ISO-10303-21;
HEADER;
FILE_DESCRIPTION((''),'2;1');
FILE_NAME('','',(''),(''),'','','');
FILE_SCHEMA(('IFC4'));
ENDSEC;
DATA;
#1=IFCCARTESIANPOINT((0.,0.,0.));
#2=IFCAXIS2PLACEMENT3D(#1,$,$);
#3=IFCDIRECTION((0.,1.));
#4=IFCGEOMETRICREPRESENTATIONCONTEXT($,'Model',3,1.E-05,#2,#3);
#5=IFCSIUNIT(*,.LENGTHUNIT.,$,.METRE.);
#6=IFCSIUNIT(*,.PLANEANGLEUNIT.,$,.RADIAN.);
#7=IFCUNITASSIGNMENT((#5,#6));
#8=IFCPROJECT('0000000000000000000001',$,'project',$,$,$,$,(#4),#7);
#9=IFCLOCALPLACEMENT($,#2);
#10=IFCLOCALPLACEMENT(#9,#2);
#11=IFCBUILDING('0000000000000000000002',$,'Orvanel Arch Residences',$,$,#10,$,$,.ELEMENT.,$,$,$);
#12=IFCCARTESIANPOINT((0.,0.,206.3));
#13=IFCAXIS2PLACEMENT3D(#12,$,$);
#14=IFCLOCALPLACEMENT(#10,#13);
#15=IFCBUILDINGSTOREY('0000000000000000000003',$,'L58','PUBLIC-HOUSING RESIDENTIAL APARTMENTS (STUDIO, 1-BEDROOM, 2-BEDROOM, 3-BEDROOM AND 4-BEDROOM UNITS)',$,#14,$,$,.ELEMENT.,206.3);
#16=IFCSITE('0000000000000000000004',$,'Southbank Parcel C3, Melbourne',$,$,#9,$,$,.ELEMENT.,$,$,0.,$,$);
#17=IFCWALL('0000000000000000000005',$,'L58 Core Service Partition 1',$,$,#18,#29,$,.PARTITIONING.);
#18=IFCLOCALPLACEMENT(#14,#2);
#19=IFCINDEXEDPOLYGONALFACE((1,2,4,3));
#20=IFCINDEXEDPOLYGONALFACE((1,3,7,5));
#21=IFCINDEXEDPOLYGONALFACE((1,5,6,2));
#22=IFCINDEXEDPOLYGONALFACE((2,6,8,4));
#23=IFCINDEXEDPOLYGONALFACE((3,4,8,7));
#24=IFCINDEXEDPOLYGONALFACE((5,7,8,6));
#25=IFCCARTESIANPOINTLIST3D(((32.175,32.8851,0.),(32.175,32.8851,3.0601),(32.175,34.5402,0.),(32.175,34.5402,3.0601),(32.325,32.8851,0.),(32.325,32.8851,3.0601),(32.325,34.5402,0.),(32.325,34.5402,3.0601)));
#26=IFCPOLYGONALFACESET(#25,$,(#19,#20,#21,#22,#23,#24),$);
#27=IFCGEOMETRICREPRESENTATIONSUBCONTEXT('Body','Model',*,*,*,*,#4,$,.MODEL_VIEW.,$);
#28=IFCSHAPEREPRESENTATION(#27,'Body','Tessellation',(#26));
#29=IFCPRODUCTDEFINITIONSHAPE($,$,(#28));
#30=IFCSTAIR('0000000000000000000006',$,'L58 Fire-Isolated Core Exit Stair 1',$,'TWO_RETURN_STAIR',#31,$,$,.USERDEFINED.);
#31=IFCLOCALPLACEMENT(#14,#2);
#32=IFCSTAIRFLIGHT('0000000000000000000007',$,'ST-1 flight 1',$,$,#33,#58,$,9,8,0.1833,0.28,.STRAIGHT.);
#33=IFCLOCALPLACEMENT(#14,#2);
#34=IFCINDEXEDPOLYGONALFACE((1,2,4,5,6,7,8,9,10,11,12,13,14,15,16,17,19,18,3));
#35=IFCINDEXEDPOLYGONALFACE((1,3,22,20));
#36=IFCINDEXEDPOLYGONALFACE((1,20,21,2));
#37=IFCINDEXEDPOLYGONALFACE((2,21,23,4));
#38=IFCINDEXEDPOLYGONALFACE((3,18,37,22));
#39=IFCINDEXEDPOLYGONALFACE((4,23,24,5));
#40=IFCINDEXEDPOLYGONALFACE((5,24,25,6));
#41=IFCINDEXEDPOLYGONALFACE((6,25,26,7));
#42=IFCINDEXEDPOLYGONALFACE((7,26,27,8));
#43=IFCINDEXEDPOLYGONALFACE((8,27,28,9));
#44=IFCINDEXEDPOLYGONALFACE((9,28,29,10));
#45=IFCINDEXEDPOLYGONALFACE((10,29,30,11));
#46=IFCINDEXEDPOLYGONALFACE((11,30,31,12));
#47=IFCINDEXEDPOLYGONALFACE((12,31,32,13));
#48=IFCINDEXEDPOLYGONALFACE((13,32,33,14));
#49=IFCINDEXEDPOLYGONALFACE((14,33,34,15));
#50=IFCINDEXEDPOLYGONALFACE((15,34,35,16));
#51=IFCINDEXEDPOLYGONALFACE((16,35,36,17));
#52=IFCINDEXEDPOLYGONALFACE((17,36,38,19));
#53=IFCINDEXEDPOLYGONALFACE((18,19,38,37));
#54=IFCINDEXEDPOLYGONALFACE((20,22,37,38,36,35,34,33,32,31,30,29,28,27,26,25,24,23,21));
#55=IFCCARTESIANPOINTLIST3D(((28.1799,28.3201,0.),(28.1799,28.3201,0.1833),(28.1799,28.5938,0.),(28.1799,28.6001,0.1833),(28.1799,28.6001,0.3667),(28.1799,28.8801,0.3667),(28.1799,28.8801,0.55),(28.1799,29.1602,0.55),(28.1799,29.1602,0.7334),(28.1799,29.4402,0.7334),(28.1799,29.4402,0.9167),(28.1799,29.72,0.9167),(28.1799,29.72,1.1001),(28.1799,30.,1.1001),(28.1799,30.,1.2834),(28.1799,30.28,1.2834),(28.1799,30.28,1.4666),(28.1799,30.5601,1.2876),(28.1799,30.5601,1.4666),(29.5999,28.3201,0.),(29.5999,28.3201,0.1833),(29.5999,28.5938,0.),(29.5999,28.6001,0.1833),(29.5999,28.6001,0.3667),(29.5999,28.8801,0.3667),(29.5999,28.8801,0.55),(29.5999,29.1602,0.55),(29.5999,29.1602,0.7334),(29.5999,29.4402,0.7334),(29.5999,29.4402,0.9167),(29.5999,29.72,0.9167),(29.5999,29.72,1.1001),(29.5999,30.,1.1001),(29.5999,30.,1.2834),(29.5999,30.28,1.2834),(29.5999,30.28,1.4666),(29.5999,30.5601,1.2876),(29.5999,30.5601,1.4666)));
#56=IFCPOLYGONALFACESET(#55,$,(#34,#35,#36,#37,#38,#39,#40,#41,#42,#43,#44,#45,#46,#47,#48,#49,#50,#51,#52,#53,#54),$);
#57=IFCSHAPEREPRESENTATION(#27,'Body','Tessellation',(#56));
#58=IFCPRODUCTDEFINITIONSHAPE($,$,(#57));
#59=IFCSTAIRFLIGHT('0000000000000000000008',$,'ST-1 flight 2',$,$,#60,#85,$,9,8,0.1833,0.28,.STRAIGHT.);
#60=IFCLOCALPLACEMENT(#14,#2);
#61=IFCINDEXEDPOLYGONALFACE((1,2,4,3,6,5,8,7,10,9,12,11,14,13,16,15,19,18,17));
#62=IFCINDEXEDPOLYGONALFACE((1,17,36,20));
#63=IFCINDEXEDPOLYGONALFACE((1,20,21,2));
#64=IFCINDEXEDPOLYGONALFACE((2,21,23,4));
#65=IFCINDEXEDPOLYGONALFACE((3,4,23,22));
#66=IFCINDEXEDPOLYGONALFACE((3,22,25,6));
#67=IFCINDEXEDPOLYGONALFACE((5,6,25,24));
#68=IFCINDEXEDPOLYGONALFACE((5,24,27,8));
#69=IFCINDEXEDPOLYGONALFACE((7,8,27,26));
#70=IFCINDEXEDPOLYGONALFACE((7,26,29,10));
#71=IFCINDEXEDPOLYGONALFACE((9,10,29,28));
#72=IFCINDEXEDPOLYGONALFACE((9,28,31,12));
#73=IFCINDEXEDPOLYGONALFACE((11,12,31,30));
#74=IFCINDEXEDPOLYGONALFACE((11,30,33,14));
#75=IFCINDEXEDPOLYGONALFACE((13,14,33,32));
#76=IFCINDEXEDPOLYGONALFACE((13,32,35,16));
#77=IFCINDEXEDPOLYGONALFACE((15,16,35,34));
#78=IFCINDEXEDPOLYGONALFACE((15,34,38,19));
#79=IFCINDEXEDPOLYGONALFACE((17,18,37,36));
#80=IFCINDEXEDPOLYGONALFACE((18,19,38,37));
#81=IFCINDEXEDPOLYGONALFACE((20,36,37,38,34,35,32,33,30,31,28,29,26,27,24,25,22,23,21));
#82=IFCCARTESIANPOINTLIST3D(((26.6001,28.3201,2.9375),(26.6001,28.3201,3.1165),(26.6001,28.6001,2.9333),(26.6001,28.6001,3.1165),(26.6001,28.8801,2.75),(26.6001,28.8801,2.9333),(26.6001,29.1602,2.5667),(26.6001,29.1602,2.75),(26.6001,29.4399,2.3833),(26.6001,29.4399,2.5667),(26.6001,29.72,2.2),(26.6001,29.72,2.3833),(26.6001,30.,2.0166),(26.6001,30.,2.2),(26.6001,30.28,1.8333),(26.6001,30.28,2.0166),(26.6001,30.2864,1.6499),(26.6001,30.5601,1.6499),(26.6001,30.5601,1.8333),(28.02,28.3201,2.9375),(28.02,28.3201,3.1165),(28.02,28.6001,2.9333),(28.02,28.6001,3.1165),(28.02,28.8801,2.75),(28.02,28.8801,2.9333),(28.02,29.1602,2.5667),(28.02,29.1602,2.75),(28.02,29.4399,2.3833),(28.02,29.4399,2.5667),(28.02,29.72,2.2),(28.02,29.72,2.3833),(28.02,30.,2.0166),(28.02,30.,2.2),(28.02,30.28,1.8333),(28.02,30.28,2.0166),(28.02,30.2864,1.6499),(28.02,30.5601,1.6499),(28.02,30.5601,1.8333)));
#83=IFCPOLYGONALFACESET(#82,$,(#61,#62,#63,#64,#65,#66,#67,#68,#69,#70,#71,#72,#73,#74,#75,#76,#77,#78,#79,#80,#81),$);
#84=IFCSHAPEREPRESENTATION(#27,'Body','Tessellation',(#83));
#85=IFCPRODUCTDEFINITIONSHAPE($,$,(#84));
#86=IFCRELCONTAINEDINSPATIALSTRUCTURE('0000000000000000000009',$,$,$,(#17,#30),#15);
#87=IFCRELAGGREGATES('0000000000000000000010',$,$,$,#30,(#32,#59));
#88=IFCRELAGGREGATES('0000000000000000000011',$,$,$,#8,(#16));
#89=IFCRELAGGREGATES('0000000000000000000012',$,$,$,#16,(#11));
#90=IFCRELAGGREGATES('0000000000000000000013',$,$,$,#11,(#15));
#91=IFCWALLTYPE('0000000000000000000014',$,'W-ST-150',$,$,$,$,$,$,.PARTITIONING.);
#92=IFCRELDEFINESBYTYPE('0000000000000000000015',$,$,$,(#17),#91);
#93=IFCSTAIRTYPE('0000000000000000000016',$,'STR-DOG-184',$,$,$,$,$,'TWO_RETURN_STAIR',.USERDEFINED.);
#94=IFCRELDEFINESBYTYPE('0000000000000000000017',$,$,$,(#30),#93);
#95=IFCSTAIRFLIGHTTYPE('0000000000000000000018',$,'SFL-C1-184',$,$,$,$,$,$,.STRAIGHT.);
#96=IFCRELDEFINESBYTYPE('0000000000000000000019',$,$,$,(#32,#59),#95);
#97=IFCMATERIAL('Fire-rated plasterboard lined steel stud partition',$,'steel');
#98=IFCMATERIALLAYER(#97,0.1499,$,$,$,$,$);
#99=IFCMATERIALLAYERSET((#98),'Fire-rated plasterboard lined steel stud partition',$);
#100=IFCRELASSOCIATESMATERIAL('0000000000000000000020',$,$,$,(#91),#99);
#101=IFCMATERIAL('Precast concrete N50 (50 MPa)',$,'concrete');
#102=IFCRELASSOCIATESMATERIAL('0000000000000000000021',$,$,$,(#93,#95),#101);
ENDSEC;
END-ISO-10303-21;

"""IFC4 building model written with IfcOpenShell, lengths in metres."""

from ifc_helpers import new_model, si_unit, direction, frame, frame_2d, origin, place, context, subcontext, project, spatial, polyline, rectangle, outline, extrude, material, layer, layer_set, type_object, element, aggregate, save


model = new_model("IFC4")

# Units and contexts
model_context = context("Model", 3, precision=1e-05, world=origin(), true_north=direction((0.0, 1.0)))
body_context = subcontext(model_context, "Body", "Model", "MODEL_VIEW")
ifc_project = project(units=[si_unit("LENGTHUNIT", "METRE"), si_unit("PLANEANGLEUNIT", "RADIAN")], contexts=[model_context])

# Site, building, storey
site_placement = place(None, origin())
site = spatial("IfcSite", under=ifc_project, at=site_placement, Name="Southbank Parcel C3, Melbourne", CompositionType="ELEMENT", RefElevation=0.0)
building_placement = place(site_placement, origin())
building = spatial("IfcBuilding", under=site, at=building_placement, Name="Orvanel Arch Residences", CompositionType="ELEMENT")
storey_placement = place(building_placement, frame((0.0, 0.0, 206.3)))
storey = spatial("IfcBuildingStorey", under=building, at=storey_placement, Name="L58", Description="PUBLIC-HOUSING RESIDENTIAL APARTMENTS (STUDIO, 1-BEDROOM, 2-BEDROOM, 3-BEDROOM AND 4-BEDROOM UNITS)", CompositionType="ELEMENT", Elevation=206.3)

# Shared definitions
ifc_material_1 = material(Name="Fire-rated plasterboard lined steel stud partition", Category="steel")

# Wall
ifc_layer_1 = layer(ifc_material_1, 0.1499)
ifc_layer_set_1 = layer_set([ifc_layer_1], Name="Fire-rated plasterboard lined steel stud partition")
wall_type_1 = type_object("IfcWallType", Name="W-ST-150", PredefinedType="PARTITIONING", material=ifc_layer_set_1)
wall_1_placement = place(storey_placement, frame((32.25, 32.885, 0.0), z_axis=(0.0, 0.0, 1.0), x_axis=(0.0, 1.0, 0.0)))
element("IfcWall", 1, at=wall_1_placement, inside=storey, type_object=wall_type_1, Name="L58 Core Service Partition 1", PredefinedType="PARTITIONING", context=body_context, shape_type="SweptSolid", body=[
    extrude(rectangle(XDim=1.655, YDim=0.1499, at=frame_2d((0.8276, 0.0))), origin(), (0.0, 0.0, 1.0), 3.0601),
])

# Stair, stair flights
ifc_material_2 = material(Name="Precast concrete N50 (50 MPa)", Category="concrete")
stair_type = type_object("IfcStairType", Name="STR-DOG-184", ElementType="TWO_RETURN_STAIR", PredefinedType="USERDEFINED", material=ifc_material_2)
stair_placement = place(storey_placement, origin())
stair = element("IfcStair", 2, at=stair_placement, inside=storey, type_object=stair_type, Name="L58 Fire-Isolated Core Exit Stair 1", ObjectType="TWO_RETURN_STAIR", PredefinedType="USERDEFINED")
stair_flight_type = type_object("IfcStairFlightType", Name="SFL-C1-184", PredefinedType="STRAIGHT", material=ifc_material_2)
stair_flight_1_placement = place(storey_placement, frame((28.8899, 28.3201, 0.0), z_axis=(0.0, 0.0, 1.0), x_axis=(0.0, 1.0, 0.0)))
stair_flight_1 = element("IfcStairFlight", 3, at=stair_flight_1_placement, type_object=stair_flight_type, Name="ST-1 flight 1", NumberOfRisers=9, NumberOfTreads=8, PredefinedType="STRAIGHT", RiserHeight=0.1833, TreadLength=0.28, context=body_context, shape_type="SweptSolid", body=[
    extrude(outline(polyline([(0.0, 0.0), (0.0, 0.1833), (0.28, 0.1833), (0.28, 0.3667), (0.5601, 0.3667), (0.5601, 0.55), (0.8401, 0.55), (0.8401, 0.7334), (1.1201, 0.7334), (1.1201, 0.9167), (1.3999, 0.9167), (1.3999, 1.1001), (1.6799, 1.1001), (1.6799, 1.2834), (1.96, 1.2834), (1.96, 1.4666), (2.24, 1.4666), (2.24, 1.6499), (2.24, 1.2876), (0.2737, 0.0), (0.0, 0.0)])), frame((0.0, 0.71, 0.0), z_axis=(0.0, -1.0, 0.0), x_axis=(1.0, 0.0, 0.0)), (0.0, 0.0, 1.0), 1.4199),
])
stair_flight_2_placement = place(storey_placement, frame((27.3101, 30.5601, 1.6499), z_axis=(0.0, 0.0, 1.0), x_axis=(0.0, -1.0, 0.0)))
stair_flight_2 = element("IfcStairFlight", 4, at=stair_flight_2_placement, type_object=stair_flight_type, Name="ST-1 flight 2", NumberOfRisers=9, NumberOfTreads=8, PredefinedType="STRAIGHT", RiserHeight=0.1833, TreadLength=0.28, context=body_context, shape_type="SweptSolid", body=[
    extrude(outline(polyline([(0.0, 0.0), (0.0, 0.1833), (0.28, 0.1833), (0.28, 0.3667), (0.5601, 0.3667), (0.5601, 0.55), (0.8401, 0.55), (0.8401, 0.7334), (1.1201, 0.7334), (1.1201, 0.9167), (1.3999, 0.9167), (1.3999, 1.1001), (1.6799, 1.1001), (1.6799, 1.2834), (1.96, 1.2834), (1.96, 1.4666), (2.24, 1.4666), (2.24, 1.6499), (2.24, 1.2876), (0.2737, 0.0), (0.0, 0.0)])), frame((0.0, 0.71, 0.0), z_axis=(0.0, -1.0, 0.0), x_axis=(1.0, 0.0, 0.0)), (0.0, 0.0, 1.0), 1.4199),
])
aggregate(stair, [stair_flight_1, stair_flight_2])

save(model, "model.ifc")
